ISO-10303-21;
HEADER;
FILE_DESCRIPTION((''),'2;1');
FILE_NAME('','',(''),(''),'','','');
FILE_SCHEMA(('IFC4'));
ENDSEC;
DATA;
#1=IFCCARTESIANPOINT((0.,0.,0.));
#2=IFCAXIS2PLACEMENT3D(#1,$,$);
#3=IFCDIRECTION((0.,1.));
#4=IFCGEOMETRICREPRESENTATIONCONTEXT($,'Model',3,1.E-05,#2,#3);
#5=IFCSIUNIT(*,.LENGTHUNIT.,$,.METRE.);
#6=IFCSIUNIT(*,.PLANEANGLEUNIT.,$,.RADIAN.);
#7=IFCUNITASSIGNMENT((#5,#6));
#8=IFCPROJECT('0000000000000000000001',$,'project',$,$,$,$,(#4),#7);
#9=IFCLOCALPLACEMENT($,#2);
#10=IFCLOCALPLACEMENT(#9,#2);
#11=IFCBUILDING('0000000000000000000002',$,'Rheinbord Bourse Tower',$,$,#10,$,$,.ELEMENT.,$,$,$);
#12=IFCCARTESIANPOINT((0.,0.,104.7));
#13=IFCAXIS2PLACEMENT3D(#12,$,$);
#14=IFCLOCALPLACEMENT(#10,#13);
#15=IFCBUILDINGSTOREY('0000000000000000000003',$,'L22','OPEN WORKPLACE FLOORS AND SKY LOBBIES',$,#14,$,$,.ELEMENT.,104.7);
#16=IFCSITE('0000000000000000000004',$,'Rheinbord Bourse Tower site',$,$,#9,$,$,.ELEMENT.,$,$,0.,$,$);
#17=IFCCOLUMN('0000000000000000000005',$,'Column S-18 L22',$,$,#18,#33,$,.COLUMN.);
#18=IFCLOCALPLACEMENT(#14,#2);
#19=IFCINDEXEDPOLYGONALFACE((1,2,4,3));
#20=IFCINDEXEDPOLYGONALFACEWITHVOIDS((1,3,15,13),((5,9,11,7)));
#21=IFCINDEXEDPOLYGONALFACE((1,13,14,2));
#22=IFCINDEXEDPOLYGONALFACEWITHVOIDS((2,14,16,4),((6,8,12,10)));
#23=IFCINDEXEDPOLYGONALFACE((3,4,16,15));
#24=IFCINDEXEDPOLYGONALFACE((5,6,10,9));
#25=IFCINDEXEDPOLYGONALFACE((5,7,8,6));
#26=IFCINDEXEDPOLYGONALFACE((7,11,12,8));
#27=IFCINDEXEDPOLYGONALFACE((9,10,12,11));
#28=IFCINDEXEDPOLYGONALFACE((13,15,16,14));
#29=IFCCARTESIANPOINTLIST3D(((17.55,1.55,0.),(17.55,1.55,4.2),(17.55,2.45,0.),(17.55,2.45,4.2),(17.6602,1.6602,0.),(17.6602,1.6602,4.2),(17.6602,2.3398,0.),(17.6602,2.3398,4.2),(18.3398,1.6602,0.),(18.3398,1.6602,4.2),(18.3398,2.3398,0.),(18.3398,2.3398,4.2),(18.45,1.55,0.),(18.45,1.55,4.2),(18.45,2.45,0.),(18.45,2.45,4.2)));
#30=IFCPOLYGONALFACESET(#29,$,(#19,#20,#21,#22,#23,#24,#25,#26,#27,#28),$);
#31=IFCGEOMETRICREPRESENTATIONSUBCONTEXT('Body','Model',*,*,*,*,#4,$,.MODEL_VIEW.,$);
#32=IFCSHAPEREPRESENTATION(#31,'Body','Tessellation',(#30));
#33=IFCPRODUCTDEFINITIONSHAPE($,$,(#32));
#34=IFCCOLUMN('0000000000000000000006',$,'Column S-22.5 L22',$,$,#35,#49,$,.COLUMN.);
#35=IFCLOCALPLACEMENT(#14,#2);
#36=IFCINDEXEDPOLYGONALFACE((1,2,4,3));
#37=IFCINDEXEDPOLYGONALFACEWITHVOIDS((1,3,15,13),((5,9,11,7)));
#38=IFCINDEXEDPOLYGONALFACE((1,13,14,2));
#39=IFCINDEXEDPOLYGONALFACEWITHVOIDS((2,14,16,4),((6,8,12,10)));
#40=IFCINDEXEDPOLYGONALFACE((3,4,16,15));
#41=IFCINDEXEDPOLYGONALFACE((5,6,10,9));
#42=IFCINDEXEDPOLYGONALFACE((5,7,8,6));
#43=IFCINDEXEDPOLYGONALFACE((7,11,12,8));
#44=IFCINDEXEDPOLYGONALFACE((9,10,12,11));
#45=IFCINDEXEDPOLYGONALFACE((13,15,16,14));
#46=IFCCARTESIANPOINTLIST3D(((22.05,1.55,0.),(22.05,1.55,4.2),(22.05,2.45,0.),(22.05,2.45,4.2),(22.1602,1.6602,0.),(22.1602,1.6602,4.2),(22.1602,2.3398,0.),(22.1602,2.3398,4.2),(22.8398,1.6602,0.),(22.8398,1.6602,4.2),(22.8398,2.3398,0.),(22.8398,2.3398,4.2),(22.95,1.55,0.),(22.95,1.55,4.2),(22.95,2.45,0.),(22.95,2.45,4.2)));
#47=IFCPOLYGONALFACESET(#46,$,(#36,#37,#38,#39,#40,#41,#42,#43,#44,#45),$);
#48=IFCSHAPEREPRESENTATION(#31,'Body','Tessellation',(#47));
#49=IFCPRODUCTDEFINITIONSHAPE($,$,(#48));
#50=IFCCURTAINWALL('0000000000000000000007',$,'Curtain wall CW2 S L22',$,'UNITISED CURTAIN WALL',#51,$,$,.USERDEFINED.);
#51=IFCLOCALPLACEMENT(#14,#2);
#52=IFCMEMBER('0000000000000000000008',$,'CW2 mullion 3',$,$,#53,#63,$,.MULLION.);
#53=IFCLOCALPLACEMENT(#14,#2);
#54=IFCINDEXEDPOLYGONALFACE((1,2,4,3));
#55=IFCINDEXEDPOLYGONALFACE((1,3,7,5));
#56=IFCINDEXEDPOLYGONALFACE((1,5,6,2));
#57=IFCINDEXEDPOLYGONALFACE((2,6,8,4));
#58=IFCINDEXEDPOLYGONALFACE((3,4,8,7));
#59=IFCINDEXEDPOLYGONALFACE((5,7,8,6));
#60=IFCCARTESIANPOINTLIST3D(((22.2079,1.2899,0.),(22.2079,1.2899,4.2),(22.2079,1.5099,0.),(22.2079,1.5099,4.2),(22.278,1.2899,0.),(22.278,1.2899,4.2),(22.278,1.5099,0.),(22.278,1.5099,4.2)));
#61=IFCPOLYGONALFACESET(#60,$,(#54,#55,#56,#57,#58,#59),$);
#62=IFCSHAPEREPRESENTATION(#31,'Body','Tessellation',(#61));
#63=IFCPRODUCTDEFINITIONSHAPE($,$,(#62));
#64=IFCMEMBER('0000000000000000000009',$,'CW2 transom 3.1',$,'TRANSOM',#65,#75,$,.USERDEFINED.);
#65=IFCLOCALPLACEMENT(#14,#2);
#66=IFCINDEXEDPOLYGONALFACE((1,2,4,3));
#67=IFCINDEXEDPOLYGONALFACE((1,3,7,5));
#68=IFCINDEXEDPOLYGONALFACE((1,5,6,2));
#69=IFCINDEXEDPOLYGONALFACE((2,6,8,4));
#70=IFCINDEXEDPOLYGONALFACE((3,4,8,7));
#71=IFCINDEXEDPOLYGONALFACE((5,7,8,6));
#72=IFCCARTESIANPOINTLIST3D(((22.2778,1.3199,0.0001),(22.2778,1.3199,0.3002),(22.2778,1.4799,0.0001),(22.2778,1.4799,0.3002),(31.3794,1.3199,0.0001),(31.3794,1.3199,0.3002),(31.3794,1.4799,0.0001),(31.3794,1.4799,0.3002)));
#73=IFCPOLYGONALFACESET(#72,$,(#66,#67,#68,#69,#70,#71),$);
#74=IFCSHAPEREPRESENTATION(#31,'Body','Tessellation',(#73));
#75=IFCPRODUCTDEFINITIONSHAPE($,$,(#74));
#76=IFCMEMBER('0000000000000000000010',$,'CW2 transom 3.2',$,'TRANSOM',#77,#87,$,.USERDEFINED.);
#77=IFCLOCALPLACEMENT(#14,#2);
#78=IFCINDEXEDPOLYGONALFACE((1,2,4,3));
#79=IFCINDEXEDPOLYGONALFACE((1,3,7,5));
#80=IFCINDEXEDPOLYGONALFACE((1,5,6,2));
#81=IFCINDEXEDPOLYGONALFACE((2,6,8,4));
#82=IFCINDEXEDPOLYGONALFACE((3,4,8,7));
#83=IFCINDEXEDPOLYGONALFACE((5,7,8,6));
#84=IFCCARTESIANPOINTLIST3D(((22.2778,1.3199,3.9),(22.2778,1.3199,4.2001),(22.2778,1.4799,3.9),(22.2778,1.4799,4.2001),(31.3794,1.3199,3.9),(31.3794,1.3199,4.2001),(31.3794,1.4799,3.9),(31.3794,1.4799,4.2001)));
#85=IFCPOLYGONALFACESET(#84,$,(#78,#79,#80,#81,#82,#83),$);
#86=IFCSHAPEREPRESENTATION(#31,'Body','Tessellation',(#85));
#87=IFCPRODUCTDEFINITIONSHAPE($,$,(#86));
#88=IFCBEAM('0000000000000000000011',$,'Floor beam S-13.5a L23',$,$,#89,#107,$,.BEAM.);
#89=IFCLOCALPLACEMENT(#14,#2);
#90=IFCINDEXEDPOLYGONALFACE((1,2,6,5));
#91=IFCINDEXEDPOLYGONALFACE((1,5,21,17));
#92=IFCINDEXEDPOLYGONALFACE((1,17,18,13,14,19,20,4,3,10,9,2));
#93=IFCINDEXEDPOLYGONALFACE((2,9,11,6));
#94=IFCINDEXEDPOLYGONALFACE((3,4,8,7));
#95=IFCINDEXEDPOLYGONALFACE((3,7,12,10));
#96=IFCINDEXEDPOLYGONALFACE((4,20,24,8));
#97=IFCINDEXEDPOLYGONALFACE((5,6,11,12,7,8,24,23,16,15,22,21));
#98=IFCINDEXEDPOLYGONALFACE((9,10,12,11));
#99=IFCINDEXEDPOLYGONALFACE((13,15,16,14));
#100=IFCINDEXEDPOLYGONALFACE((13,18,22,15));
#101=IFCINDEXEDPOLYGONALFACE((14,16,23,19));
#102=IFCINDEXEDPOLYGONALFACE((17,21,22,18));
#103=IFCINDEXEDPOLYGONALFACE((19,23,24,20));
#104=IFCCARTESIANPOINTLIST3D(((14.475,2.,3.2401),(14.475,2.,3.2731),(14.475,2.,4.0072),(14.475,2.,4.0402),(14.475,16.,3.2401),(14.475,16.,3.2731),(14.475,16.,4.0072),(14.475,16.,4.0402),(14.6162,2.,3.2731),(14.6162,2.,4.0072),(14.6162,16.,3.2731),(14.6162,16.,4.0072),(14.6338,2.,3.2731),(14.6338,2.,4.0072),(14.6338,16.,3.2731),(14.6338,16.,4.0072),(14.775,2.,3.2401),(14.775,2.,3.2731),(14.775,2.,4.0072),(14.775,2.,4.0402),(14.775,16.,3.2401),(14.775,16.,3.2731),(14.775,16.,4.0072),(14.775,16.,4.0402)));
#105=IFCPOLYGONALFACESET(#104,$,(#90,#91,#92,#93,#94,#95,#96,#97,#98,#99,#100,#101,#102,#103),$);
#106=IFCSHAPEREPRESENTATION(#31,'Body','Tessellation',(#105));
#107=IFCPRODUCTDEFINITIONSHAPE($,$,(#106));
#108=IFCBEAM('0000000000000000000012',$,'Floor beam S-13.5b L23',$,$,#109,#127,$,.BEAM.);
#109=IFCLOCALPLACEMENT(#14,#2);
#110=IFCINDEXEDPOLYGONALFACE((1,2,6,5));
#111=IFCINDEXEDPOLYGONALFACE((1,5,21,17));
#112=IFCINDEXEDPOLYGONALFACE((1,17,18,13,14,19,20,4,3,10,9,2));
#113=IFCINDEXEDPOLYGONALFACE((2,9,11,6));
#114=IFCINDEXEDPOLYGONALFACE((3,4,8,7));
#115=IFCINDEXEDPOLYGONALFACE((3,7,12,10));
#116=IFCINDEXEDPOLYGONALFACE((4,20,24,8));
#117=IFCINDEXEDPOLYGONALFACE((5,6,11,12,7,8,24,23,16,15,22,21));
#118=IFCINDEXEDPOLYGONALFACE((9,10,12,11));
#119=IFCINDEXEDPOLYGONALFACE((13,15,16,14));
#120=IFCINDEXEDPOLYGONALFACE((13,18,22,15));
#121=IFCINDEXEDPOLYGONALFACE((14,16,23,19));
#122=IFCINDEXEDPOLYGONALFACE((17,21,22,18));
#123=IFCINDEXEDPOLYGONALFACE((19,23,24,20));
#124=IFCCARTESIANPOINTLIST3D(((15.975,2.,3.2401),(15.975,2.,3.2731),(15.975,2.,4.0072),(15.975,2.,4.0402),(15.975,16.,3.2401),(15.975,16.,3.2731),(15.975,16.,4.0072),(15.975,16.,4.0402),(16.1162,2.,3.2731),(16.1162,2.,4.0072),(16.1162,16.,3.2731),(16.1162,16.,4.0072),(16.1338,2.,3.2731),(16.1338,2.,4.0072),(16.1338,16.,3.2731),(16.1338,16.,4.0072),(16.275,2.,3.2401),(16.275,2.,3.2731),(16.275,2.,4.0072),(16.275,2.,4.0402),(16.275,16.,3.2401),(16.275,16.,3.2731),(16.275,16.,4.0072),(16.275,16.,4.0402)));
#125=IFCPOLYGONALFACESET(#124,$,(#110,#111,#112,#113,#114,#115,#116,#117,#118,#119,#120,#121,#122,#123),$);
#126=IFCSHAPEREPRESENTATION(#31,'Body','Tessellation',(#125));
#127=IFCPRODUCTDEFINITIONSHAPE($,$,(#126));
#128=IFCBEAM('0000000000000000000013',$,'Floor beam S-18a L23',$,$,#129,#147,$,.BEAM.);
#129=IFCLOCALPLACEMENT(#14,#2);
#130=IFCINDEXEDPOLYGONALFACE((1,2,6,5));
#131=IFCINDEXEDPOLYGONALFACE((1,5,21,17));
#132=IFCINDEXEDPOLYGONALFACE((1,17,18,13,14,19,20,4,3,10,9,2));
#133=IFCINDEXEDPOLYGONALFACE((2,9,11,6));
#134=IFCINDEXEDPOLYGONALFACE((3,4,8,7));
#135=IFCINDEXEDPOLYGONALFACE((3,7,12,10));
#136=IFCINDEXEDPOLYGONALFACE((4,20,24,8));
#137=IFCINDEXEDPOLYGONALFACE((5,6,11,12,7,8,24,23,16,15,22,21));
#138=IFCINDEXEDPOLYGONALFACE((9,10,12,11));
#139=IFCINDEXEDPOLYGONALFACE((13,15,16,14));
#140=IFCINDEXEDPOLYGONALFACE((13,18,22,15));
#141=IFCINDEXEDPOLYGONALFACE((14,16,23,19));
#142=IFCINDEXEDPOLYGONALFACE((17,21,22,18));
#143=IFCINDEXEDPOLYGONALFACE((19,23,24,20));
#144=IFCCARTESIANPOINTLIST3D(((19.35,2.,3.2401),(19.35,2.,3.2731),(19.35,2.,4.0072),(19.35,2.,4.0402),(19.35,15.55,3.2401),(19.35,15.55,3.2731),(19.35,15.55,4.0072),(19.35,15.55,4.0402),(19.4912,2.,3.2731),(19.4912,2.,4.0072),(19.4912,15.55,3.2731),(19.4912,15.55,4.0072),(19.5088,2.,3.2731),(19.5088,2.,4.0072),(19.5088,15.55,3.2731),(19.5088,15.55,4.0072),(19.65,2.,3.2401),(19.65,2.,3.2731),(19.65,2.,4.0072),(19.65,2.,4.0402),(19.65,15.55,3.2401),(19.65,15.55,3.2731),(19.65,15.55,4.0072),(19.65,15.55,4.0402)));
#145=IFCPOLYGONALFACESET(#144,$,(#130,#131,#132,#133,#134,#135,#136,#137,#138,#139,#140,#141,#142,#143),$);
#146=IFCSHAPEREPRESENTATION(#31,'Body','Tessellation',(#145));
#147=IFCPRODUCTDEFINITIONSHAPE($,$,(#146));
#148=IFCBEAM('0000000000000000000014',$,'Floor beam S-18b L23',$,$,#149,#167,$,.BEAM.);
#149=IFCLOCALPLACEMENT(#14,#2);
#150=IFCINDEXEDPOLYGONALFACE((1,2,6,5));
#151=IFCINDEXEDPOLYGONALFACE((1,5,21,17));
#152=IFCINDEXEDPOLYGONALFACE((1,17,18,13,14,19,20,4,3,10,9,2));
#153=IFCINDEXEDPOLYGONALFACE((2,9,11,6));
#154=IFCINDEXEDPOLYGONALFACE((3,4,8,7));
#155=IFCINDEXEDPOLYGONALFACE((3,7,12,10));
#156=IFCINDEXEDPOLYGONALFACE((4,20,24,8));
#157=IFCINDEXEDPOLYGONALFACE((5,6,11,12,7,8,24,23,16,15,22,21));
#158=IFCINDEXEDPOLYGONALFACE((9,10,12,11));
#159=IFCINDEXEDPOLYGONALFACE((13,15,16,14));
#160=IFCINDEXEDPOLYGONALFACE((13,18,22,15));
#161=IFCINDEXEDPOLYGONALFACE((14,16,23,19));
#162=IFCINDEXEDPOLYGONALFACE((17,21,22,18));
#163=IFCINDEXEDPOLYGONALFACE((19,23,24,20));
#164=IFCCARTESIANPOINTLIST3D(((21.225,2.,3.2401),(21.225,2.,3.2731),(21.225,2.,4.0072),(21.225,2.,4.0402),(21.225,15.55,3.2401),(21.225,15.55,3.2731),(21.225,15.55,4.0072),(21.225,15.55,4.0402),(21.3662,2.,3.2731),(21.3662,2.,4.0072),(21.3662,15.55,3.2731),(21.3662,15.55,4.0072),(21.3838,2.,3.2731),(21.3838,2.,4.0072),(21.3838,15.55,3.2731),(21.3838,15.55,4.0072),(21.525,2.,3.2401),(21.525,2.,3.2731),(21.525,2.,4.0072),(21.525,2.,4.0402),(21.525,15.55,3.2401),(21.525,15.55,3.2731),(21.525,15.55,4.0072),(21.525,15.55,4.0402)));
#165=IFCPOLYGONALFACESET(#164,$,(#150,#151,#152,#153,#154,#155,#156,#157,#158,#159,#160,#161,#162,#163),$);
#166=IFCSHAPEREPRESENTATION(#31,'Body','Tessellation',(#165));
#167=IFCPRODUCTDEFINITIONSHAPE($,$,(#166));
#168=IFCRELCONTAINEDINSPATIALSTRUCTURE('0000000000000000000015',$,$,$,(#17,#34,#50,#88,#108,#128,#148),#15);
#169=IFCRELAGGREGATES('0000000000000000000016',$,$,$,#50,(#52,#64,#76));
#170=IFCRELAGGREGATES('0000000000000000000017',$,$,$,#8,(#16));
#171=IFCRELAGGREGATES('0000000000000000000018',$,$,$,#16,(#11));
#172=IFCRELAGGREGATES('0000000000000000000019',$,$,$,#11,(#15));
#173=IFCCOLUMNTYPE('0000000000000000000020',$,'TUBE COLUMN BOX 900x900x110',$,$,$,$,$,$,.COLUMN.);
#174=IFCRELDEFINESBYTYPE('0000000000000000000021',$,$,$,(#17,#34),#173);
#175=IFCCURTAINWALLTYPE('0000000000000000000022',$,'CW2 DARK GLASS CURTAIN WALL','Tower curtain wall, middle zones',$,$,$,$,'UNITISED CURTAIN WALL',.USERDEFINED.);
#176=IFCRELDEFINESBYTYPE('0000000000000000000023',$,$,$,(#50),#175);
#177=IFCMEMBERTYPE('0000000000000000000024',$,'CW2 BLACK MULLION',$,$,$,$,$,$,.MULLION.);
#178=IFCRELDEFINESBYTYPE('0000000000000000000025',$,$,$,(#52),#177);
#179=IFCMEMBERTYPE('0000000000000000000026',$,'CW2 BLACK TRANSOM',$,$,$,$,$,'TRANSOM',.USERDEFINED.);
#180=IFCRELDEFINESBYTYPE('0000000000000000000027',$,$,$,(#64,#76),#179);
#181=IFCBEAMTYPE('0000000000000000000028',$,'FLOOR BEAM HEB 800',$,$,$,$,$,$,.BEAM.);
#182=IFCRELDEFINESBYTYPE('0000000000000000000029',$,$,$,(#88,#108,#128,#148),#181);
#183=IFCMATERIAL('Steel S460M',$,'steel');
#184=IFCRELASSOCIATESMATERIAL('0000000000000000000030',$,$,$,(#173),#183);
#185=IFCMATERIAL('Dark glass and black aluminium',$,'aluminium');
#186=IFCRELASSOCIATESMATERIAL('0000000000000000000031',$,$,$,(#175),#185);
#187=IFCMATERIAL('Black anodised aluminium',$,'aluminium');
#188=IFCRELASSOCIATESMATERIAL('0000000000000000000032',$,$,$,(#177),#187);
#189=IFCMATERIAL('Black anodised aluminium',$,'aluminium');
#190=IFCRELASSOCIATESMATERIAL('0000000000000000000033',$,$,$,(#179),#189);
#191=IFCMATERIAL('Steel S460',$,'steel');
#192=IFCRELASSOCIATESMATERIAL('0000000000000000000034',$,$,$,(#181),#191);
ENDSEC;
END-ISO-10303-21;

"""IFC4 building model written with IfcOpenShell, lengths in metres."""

from ifc_helpers import new_model, si_unit, direction, frame, origin, origin_2d, place, context, subcontext, project, spatial, rectangle, hollow_rectangle, i_section, extrude, material, material_profile, profile_set, type_object, element, aggregate, save


model = new_model("IFC4")

# Units and contexts
model_context = context("Model", 3, precision=1e-05, world=origin(), true_north=direction((0.0, 1.0)))
body_context = subcontext(model_context, "Body", "Model", "MODEL_VIEW")
ifc_project = project(units=[si_unit("LENGTHUNIT", "METRE"), si_unit("PLANEANGLEUNIT", "RADIAN")], contexts=[model_context])

# Site, building, storey
site_placement = place(None, origin())
site = spatial("IfcSite", under=ifc_project, at=site_placement, Name="Rheinbord Bourse Tower site", CompositionType="ELEMENT", RefElevation=0.0)
building_placement = place(site_placement, origin())
building = spatial("IfcBuilding", under=site, at=building_placement, Name="Rheinbord Bourse Tower", CompositionType="ELEMENT")
storey_placement = place(building_placement, frame((0.0, 0.0, 104.7)))
storey = spatial("IfcBuildingStorey", under=building, at=storey_placement, Name="L22", Description="OPEN WORKPLACE FLOORS AND SKY LOBBIES", CompositionType="ELEMENT", Elevation=104.7)

# Columns
ifc_material_1 = material(Name="Steel S460M", Category="steel")
ifc_material_profile_1 = material_profile(ifc_material_1, hollow_rectangle(XDim=0.8999, YDim=0.8999, WallThickness=0.1101, at=origin_2d()), Name="BOX 900x900x110")
ifc_profile_set_1 = profile_set([ifc_material_profile_1], Name="Steel S460M")
column_type = type_object("IfcColumnType", Name="TUBE COLUMN BOX 900x900x110", PredefinedType="COLUMN", material=ifc_profile_set_1)
for number, where, z_axis, x_axis, name in (
    (1, (18.0, 2.0, 0.0), (0.0, 0.0, 1.0), (0.0, 1.0, 0.0), "Column S-18 L22"),
    (2, (22.5, 2.0, 0.0), (0.0, 0.0, 1.0), (0.0, 1.0, 0.0), "Column S-22.5 L22"),
):
    element("IfcColumn", number, at=place(storey_placement, frame(where, z_axis=z_axis, x_axis=x_axis)), inside=storey, type_object=column_type, Name=name, PredefinedType="COLUMN", context=body_context, shape_type="SweptSolid", body=[
        extrude(hollow_rectangle(XDim=0.8999, YDim=0.8999, WallThickness=0.1101, at=origin_2d()), origin(), (0.0, 0.0, 1.0), 4.2),
    ])

# Curtain wall, members
ifc_material_2 = material(Name="Dark glass and black aluminium", Category="aluminium")
curtain_wall_type = type_object("IfcCurtainWallType", Name="CW2 DARK GLASS CURTAIN WALL", Description="Tower curtain wall, middle zones", ElementType="UNITISED CURTAIN WALL", PredefinedType="USERDEFINED", material=ifc_material_2)
curtain_wall_placement = place(storey_placement, origin())
curtain_wall = element("IfcCurtainWall", 3, at=curtain_wall_placement, inside=storey, type_object=curtain_wall_type, Name="Curtain wall CW2 S L22", ObjectType="UNITISED CURTAIN WALL", PredefinedType="USERDEFINED")
ifc_material_3 = material(Name="Black anodised aluminium", Category="aluminium")
ifc_material_profile_2 = material_profile(ifc_material_3, rectangle(XDim=0.22, YDim=0.0701, at=origin_2d()), Name="CW2 MULLION 70x220")
ifc_profile_set_2 = profile_set([ifc_material_profile_2], Name="Black anodised aluminium")
member_type_1 = type_object("IfcMemberType", Name="CW2 BLACK MULLION", PredefinedType="MULLION", material=ifc_profile_set_2)
member_1_placement = place(storey_placement, frame((22.2429, 1.3999, 0.0), z_axis=(0.0, 0.0, 1.0), x_axis=(0.0, 1.0, 0.0)))
member_1 = element("IfcMember", 4, at=member_1_placement, type_object=member_type_1, Name="CW2 mullion 3", PredefinedType="MULLION", context=body_context, shape_type="SweptSolid", body=[
    extrude(rectangle(XDim=0.22, YDim=0.0701, at=origin_2d()), origin(), (0.0, 0.0, 1.0), 4.2),
])
ifc_material_4 = material(Name="Black anodised aluminium", Category="aluminium")
ifc_material_profile_3 = material_profile(ifc_material_4, rectangle(XDim=0.1599, YDim=0.3, at=origin_2d()), Name="CW2 TRANSOM 300x160")
ifc_profile_set_3 = profile_set([ifc_material_profile_3], Name="Black anodised aluminium")
member_type_2 = type_object("IfcMemberType", Name="CW2 BLACK TRANSOM", ElementType="TRANSOM", PredefinedType="USERDEFINED", material=ifc_profile_set_3)
member_2_placement = place(storey_placement, frame((22.2778, 1.3999, 0.1501), z_axis=(1.0, 0.0, 0.0), x_axis=(0.0, 1.0, 0.0)))
member_2 = element("IfcMember", 5, at=member_2_placement, type_object=member_type_2, Name="CW2 transom 3.1", ObjectType="TRANSOM", PredefinedType="USERDEFINED", context=body_context, shape_type="SweptSolid", body=[
    extrude(rectangle(XDim=0.1599, YDim=0.3, at=origin_2d()), origin(), (0.0, 0.0, 1.0), 9.1016),
])
member_3_placement = place(storey_placement, frame((22.2778, 1.3999, 4.05), z_axis=(1.0, 0.0, 0.0), x_axis=(0.0, 1.0, 0.0)))
member_3 = element("IfcMember", 6, at=member_3_placement, type_object=member_type_2, Name="CW2 transom 3.2", ObjectType="TRANSOM", PredefinedType="USERDEFINED", context=body_context, shape_type="SweptSolid", body=[
    extrude(rectangle(XDim=0.1599, YDim=0.3, at=origin_2d()), origin(), (0.0, 0.0, 1.0), 9.1016),
])

# Beams
ifc_material_5 = material(Name="Steel S460", Category="steel")
ifc_material_profile_4 = material_profile(ifc_material_5, i_section(OverallWidth=0.3, OverallDepth=0.8, WebThickness=0.0176, FlangeThickness=0.033, at=origin_2d()), Name="HEB 800")
ifc_profile_set_4 = profile_set([ifc_material_profile_4], Name="Steel S460")
beam_type_1 = type_object("IfcBeamType", Name="FLOOR BEAM HEB 800", PredefinedType="BEAM", material=ifc_profile_set_4)
for number, where, z_axis, x_axis, name in (
    (7, (14.625, 2.0, 3.6401), (0.0, 1.0, 0.0), (-1.0, 0.0, 0.0), "Floor beam S-13.5a L23"),
    (8, (16.125, 2.0, 3.6401), (0.0, 1.0, 0.0), (-1.0, 0.0, 0.0), "Floor beam S-13.5b L23"),
):
    element("IfcBeam", number, at=place(storey_placement, frame(where, z_axis=z_axis, x_axis=x_axis)), inside=storey, type_object=beam_type_1, Name=name, PredefinedType="BEAM", context=body_context, shape_type="SweptSolid", body=[
        extrude(i_section(OverallWidth=0.3, OverallDepth=0.8, WebThickness=0.0176, FlangeThickness=0.033, at=origin_2d()), origin(), (0.0, 0.0, 1.0), 14.0),
    ])
for number, where, z_axis, x_axis, name in (
    (9, (19.5, 2.0, 3.6401), (0.0, 1.0, 0.0), (-1.0, 0.0, 0.0), "Floor beam S-18a L23"),
    (10, (21.375, 2.0, 3.6401), (0.0, 1.0, 0.0), (-1.0, 0.0, 0.0), "Floor beam S-18b L23"),
):
    element("IfcBeam", number, at=place(storey_placement, frame(where, z_axis=z_axis, x_axis=x_axis)), inside=storey, type_object=beam_type_1, Name=name, PredefinedType="BEAM", context=body_context, shape_type="SweptSolid", body=[
        extrude(i_section(OverallWidth=0.3, OverallDepth=0.8, WebThickness=0.0176, FlangeThickness=0.033, at=origin_2d()), origin(), (0.0, 0.0, 1.0), 13.55),
    ])

aggregate(curtain_wall, [member_1, member_2, member_3])

save(model, "model.ifc")
